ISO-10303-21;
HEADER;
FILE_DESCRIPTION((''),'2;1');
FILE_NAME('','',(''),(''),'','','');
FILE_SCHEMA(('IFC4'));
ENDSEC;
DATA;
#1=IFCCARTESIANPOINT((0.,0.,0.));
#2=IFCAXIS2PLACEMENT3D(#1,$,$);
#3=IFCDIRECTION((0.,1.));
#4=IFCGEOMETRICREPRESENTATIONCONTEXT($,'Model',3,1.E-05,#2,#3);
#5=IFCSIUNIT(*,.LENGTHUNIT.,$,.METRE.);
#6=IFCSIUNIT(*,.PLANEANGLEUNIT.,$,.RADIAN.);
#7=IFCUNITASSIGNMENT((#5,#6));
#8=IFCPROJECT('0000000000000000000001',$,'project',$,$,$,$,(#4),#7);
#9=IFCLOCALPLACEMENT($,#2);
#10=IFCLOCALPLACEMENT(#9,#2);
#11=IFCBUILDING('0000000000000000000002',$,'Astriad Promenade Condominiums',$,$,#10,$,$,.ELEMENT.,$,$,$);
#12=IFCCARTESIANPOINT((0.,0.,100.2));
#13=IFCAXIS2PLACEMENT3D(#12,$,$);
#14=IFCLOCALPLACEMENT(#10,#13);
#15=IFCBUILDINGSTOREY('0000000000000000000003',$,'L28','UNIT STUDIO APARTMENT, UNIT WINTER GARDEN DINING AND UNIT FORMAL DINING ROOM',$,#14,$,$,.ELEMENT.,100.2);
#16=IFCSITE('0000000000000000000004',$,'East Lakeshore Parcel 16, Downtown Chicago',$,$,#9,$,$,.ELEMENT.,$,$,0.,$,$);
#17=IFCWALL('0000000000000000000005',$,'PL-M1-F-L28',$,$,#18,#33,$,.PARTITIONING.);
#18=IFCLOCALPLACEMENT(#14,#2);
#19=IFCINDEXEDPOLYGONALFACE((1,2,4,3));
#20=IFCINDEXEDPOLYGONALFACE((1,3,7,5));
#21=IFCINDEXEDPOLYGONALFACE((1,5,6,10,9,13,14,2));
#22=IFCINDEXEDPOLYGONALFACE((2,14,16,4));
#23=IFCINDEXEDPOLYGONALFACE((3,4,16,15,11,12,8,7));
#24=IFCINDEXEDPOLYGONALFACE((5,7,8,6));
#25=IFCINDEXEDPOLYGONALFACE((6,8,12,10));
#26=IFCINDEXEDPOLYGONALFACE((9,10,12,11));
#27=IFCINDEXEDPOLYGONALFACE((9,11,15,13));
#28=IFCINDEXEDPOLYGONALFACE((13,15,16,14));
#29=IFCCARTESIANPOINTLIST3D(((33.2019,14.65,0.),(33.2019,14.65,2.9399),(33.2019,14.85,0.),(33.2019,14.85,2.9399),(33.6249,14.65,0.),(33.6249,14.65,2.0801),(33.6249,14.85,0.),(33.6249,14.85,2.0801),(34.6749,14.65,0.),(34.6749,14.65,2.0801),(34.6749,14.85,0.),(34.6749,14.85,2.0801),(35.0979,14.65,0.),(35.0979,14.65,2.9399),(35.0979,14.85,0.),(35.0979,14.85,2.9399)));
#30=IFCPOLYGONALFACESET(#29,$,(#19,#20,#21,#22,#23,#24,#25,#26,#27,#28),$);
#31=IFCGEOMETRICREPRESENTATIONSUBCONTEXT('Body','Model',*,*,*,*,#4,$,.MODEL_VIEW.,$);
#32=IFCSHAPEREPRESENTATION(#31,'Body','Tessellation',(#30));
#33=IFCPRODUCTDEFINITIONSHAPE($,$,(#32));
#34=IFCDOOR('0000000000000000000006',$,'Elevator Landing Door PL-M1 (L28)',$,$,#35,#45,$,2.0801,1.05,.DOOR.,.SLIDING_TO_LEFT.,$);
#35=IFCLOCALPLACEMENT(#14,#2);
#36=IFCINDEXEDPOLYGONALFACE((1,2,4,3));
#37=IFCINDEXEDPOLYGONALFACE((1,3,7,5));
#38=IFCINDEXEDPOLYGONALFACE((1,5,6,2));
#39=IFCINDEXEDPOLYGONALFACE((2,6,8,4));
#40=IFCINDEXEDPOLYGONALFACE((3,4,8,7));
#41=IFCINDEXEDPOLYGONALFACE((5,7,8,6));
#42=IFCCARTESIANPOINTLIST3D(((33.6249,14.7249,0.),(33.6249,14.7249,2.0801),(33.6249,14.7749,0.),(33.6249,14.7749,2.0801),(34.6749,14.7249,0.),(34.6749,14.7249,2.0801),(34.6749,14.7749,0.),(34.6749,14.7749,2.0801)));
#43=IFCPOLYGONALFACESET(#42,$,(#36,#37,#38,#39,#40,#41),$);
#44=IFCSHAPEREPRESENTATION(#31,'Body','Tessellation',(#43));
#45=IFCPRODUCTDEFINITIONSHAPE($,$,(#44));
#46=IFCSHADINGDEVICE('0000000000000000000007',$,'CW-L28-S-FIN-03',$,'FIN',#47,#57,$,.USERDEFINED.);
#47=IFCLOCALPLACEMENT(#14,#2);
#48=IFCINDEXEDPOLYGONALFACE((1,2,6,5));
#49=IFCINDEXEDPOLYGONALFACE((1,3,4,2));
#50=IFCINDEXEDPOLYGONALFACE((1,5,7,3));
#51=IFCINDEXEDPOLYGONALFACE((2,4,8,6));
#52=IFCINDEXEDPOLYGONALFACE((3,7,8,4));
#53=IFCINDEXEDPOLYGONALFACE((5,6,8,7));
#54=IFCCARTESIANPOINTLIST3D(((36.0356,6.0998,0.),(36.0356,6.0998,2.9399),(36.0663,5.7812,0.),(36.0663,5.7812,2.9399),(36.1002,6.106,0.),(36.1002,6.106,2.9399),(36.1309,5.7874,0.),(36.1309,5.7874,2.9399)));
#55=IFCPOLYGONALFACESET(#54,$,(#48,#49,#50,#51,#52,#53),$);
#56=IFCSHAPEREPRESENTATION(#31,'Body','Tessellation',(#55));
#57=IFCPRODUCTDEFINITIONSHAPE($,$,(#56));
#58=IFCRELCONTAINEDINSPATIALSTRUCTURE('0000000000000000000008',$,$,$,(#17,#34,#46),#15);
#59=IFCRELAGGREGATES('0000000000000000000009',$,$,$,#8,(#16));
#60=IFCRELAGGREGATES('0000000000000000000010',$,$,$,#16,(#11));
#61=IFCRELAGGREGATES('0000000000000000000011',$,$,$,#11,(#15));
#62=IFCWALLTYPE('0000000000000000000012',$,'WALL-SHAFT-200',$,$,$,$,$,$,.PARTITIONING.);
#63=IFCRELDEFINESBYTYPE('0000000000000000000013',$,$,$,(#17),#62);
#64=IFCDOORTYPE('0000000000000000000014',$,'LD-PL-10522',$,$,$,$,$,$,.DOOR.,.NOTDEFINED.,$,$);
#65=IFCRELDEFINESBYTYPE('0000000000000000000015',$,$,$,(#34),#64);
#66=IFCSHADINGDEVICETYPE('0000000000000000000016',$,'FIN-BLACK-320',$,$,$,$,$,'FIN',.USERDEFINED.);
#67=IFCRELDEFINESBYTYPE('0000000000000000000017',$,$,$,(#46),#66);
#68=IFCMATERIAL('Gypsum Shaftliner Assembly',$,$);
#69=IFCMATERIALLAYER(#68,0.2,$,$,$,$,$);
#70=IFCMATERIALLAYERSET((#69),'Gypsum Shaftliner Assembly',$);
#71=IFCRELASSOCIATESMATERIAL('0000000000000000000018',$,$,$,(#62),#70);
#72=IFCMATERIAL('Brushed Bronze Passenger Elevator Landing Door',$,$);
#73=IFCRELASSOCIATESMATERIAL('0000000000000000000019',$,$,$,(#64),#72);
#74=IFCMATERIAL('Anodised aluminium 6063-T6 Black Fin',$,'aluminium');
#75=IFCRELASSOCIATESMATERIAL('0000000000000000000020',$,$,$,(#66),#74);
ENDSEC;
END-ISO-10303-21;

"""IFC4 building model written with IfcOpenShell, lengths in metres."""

from ifc_helpers import new_model, si_unit, direction, frame, frame_2d, origin, origin_2d, place, context, subcontext, project, spatial, rectangle, extrude, source, transform, mapped, material, layer, layer_set, type_object, type_shapes, element, fill, save


model = new_model("IFC4")

# Units and contexts
model_context = context("Model", 3, precision=1e-05, world=origin(), true_north=direction((0.0, 1.0)))
body_context = subcontext(model_context, "Body", "Model", "MODEL_VIEW")
ifc_project = project(units=[si_unit("LENGTHUNIT", "METRE"), si_unit("PLANEANGLEUNIT", "RADIAN")], contexts=[model_context])

# Site, building, storey
site_placement = place(None, origin())
site = spatial("IfcSite", under=ifc_project, at=site_placement, Name="East Lakeshore Parcel 16, Downtown Chicago", CompositionType="ELEMENT", RefElevation=0.0)
building_placement = place(site_placement, origin())
building = spatial("IfcBuilding", under=site, at=building_placement, Name="Astriad Promenade Condominiums", CompositionType="ELEMENT")
storey_placement = place(building_placement, frame((0.0, 0.0, 100.2)))
storey = spatial("IfcBuildingStorey", under=building, at=storey_placement, Name="L28", Description="UNIT STUDIO APARTMENT, UNIT WINTER GARDEN DINING AND UNIT FORMAL DINING ROOM", CompositionType="ELEMENT", Elevation=100.2)

# Shared definitions
ifc_material_1 = material(Name="Gypsum Shaftliner Assembly")
ifc_layer_1 = layer(ifc_material_1, 0.2)
ifc_layer_set_1 = layer_set([ifc_layer_1], Name="Gypsum Shaftliner Assembly")
wall_type_1 = type_object("IfcWallType", Name="WALL-SHAFT-200", PredefinedType="PARTITIONING", material=ifc_layer_set_1)

# Wall, opening, door
wall_1_placement = place(storey_placement, frame((33.2019, 14.75, 0.0), z_axis=(0.0, 0.0, 1.0), x_axis=(1.0, 0.0, 0.0)))
wall_1 = element("IfcWall", 1, at=wall_1_placement, inside=storey, type_object=wall_type_1, Name="PL-M1-F-L28", PredefinedType="PARTITIONING", context=body_context, shape_type="SweptSolid", body=[
    extrude(rectangle(XDim=1.896, YDim=0.2, at=frame_2d((0.948, 0.0))), origin(), (0.0, 0.0, 1.0), 2.9399),
])
opening_1_placement = place(wall_1_placement, frame((0.4231, 0.0, 0.0)))
opening_1 = element("IfcOpeningElement", 2, at=opening_1_placement, cuts=wall_1, PredefinedType="OPENING", context=body_context, shape_type="SweptSolid", body=[
    extrude(rectangle(XDim=1.05, YDim=2.0801, at=frame_2d((0.5249, 1.04))), frame((0.0, 0.1099, 0.0), z_axis=(0.0, -1.0, 0.0), x_axis=(1.0, 0.0, 0.0)), (0.0, 0.0, 1.0), 0.22),
])
ifc_material_2 = material(Name="Brushed Bronze Passenger Elevator Landing Door")
door_type_1 = type_object("IfcDoorType", Name="LD-PL-10522", OperationType="NOTDEFINED", PredefinedType="DOOR", material=ifc_material_2)
shared_shape_1 = source(origin(), body_context, "Body", "SweptSolid", [
    extrude(rectangle(XDim=1.05, YDim=2.0801, at=frame_2d((0.5249, 1.04))), frame((0.0, 0.0249, 0.0), z_axis=(0.0, -1.0, 0.0), x_axis=(1.0, 0.0, 0.0)), (0.0, 0.0, 1.0), 0.05),
])
type_shapes(door_type_1, [shared_shape_1])
door_1_placement = place(opening_1_placement, origin())
door_1 = element("IfcDoor", 3, at=door_1_placement, inside=storey, type_object=door_type_1, Name="Elevator Landing Door PL-M1 (L28)", OperationType="SLIDING_TO_LEFT", OverallHeight=2.0801, OverallWidth=1.05, PredefinedType="DOOR", context=body_context, shape_type="MappedRepresentation", body=[
    mapped(shared_shape_1, transform((0.0, 0.0, 0.0), scale=1.0)),
])
fill(opening_1, door_1)

# Shading device
ifc_material_3 = material(Name="Anodised aluminium 6063-T6 Black Fin", Category="aluminium")
shading_device_type = type_object("IfcShadingDeviceType", Name="FIN-BLACK-320", ElementType="FIN", PredefinedType="USERDEFINED", material=ifc_material_3)
shared_shape_2 = source(origin(), body_context, "Body", "SweptSolid", [
    extrude(rectangle(XDim=0.0649, YDim=0.3201, at=origin_2d()), origin(), (0.0, 0.0, 1.0), 2.9399),
])
type_shapes(shading_device_type, [shared_shape_2])
shading_device_placement = place(storey_placement, frame((36.0833, 5.9436, 0.0), z_axis=(0.0, 0.0, 1.0), x_axis=(-0.995396, -0.095846, 0.0)))
element("IfcShadingDevice", 4, at=shading_device_placement, inside=storey, type_object=shading_device_type, Name="CW-L28-S-FIN-03", ObjectType="FIN", PredefinedType="USERDEFINED", context=body_context, shape_type="MappedRepresentation", body=[
    mapped(shared_shape_2, transform((0.0, 0.0, 0.0), scale=1.0)),
])

save(model, "model.ifc")
